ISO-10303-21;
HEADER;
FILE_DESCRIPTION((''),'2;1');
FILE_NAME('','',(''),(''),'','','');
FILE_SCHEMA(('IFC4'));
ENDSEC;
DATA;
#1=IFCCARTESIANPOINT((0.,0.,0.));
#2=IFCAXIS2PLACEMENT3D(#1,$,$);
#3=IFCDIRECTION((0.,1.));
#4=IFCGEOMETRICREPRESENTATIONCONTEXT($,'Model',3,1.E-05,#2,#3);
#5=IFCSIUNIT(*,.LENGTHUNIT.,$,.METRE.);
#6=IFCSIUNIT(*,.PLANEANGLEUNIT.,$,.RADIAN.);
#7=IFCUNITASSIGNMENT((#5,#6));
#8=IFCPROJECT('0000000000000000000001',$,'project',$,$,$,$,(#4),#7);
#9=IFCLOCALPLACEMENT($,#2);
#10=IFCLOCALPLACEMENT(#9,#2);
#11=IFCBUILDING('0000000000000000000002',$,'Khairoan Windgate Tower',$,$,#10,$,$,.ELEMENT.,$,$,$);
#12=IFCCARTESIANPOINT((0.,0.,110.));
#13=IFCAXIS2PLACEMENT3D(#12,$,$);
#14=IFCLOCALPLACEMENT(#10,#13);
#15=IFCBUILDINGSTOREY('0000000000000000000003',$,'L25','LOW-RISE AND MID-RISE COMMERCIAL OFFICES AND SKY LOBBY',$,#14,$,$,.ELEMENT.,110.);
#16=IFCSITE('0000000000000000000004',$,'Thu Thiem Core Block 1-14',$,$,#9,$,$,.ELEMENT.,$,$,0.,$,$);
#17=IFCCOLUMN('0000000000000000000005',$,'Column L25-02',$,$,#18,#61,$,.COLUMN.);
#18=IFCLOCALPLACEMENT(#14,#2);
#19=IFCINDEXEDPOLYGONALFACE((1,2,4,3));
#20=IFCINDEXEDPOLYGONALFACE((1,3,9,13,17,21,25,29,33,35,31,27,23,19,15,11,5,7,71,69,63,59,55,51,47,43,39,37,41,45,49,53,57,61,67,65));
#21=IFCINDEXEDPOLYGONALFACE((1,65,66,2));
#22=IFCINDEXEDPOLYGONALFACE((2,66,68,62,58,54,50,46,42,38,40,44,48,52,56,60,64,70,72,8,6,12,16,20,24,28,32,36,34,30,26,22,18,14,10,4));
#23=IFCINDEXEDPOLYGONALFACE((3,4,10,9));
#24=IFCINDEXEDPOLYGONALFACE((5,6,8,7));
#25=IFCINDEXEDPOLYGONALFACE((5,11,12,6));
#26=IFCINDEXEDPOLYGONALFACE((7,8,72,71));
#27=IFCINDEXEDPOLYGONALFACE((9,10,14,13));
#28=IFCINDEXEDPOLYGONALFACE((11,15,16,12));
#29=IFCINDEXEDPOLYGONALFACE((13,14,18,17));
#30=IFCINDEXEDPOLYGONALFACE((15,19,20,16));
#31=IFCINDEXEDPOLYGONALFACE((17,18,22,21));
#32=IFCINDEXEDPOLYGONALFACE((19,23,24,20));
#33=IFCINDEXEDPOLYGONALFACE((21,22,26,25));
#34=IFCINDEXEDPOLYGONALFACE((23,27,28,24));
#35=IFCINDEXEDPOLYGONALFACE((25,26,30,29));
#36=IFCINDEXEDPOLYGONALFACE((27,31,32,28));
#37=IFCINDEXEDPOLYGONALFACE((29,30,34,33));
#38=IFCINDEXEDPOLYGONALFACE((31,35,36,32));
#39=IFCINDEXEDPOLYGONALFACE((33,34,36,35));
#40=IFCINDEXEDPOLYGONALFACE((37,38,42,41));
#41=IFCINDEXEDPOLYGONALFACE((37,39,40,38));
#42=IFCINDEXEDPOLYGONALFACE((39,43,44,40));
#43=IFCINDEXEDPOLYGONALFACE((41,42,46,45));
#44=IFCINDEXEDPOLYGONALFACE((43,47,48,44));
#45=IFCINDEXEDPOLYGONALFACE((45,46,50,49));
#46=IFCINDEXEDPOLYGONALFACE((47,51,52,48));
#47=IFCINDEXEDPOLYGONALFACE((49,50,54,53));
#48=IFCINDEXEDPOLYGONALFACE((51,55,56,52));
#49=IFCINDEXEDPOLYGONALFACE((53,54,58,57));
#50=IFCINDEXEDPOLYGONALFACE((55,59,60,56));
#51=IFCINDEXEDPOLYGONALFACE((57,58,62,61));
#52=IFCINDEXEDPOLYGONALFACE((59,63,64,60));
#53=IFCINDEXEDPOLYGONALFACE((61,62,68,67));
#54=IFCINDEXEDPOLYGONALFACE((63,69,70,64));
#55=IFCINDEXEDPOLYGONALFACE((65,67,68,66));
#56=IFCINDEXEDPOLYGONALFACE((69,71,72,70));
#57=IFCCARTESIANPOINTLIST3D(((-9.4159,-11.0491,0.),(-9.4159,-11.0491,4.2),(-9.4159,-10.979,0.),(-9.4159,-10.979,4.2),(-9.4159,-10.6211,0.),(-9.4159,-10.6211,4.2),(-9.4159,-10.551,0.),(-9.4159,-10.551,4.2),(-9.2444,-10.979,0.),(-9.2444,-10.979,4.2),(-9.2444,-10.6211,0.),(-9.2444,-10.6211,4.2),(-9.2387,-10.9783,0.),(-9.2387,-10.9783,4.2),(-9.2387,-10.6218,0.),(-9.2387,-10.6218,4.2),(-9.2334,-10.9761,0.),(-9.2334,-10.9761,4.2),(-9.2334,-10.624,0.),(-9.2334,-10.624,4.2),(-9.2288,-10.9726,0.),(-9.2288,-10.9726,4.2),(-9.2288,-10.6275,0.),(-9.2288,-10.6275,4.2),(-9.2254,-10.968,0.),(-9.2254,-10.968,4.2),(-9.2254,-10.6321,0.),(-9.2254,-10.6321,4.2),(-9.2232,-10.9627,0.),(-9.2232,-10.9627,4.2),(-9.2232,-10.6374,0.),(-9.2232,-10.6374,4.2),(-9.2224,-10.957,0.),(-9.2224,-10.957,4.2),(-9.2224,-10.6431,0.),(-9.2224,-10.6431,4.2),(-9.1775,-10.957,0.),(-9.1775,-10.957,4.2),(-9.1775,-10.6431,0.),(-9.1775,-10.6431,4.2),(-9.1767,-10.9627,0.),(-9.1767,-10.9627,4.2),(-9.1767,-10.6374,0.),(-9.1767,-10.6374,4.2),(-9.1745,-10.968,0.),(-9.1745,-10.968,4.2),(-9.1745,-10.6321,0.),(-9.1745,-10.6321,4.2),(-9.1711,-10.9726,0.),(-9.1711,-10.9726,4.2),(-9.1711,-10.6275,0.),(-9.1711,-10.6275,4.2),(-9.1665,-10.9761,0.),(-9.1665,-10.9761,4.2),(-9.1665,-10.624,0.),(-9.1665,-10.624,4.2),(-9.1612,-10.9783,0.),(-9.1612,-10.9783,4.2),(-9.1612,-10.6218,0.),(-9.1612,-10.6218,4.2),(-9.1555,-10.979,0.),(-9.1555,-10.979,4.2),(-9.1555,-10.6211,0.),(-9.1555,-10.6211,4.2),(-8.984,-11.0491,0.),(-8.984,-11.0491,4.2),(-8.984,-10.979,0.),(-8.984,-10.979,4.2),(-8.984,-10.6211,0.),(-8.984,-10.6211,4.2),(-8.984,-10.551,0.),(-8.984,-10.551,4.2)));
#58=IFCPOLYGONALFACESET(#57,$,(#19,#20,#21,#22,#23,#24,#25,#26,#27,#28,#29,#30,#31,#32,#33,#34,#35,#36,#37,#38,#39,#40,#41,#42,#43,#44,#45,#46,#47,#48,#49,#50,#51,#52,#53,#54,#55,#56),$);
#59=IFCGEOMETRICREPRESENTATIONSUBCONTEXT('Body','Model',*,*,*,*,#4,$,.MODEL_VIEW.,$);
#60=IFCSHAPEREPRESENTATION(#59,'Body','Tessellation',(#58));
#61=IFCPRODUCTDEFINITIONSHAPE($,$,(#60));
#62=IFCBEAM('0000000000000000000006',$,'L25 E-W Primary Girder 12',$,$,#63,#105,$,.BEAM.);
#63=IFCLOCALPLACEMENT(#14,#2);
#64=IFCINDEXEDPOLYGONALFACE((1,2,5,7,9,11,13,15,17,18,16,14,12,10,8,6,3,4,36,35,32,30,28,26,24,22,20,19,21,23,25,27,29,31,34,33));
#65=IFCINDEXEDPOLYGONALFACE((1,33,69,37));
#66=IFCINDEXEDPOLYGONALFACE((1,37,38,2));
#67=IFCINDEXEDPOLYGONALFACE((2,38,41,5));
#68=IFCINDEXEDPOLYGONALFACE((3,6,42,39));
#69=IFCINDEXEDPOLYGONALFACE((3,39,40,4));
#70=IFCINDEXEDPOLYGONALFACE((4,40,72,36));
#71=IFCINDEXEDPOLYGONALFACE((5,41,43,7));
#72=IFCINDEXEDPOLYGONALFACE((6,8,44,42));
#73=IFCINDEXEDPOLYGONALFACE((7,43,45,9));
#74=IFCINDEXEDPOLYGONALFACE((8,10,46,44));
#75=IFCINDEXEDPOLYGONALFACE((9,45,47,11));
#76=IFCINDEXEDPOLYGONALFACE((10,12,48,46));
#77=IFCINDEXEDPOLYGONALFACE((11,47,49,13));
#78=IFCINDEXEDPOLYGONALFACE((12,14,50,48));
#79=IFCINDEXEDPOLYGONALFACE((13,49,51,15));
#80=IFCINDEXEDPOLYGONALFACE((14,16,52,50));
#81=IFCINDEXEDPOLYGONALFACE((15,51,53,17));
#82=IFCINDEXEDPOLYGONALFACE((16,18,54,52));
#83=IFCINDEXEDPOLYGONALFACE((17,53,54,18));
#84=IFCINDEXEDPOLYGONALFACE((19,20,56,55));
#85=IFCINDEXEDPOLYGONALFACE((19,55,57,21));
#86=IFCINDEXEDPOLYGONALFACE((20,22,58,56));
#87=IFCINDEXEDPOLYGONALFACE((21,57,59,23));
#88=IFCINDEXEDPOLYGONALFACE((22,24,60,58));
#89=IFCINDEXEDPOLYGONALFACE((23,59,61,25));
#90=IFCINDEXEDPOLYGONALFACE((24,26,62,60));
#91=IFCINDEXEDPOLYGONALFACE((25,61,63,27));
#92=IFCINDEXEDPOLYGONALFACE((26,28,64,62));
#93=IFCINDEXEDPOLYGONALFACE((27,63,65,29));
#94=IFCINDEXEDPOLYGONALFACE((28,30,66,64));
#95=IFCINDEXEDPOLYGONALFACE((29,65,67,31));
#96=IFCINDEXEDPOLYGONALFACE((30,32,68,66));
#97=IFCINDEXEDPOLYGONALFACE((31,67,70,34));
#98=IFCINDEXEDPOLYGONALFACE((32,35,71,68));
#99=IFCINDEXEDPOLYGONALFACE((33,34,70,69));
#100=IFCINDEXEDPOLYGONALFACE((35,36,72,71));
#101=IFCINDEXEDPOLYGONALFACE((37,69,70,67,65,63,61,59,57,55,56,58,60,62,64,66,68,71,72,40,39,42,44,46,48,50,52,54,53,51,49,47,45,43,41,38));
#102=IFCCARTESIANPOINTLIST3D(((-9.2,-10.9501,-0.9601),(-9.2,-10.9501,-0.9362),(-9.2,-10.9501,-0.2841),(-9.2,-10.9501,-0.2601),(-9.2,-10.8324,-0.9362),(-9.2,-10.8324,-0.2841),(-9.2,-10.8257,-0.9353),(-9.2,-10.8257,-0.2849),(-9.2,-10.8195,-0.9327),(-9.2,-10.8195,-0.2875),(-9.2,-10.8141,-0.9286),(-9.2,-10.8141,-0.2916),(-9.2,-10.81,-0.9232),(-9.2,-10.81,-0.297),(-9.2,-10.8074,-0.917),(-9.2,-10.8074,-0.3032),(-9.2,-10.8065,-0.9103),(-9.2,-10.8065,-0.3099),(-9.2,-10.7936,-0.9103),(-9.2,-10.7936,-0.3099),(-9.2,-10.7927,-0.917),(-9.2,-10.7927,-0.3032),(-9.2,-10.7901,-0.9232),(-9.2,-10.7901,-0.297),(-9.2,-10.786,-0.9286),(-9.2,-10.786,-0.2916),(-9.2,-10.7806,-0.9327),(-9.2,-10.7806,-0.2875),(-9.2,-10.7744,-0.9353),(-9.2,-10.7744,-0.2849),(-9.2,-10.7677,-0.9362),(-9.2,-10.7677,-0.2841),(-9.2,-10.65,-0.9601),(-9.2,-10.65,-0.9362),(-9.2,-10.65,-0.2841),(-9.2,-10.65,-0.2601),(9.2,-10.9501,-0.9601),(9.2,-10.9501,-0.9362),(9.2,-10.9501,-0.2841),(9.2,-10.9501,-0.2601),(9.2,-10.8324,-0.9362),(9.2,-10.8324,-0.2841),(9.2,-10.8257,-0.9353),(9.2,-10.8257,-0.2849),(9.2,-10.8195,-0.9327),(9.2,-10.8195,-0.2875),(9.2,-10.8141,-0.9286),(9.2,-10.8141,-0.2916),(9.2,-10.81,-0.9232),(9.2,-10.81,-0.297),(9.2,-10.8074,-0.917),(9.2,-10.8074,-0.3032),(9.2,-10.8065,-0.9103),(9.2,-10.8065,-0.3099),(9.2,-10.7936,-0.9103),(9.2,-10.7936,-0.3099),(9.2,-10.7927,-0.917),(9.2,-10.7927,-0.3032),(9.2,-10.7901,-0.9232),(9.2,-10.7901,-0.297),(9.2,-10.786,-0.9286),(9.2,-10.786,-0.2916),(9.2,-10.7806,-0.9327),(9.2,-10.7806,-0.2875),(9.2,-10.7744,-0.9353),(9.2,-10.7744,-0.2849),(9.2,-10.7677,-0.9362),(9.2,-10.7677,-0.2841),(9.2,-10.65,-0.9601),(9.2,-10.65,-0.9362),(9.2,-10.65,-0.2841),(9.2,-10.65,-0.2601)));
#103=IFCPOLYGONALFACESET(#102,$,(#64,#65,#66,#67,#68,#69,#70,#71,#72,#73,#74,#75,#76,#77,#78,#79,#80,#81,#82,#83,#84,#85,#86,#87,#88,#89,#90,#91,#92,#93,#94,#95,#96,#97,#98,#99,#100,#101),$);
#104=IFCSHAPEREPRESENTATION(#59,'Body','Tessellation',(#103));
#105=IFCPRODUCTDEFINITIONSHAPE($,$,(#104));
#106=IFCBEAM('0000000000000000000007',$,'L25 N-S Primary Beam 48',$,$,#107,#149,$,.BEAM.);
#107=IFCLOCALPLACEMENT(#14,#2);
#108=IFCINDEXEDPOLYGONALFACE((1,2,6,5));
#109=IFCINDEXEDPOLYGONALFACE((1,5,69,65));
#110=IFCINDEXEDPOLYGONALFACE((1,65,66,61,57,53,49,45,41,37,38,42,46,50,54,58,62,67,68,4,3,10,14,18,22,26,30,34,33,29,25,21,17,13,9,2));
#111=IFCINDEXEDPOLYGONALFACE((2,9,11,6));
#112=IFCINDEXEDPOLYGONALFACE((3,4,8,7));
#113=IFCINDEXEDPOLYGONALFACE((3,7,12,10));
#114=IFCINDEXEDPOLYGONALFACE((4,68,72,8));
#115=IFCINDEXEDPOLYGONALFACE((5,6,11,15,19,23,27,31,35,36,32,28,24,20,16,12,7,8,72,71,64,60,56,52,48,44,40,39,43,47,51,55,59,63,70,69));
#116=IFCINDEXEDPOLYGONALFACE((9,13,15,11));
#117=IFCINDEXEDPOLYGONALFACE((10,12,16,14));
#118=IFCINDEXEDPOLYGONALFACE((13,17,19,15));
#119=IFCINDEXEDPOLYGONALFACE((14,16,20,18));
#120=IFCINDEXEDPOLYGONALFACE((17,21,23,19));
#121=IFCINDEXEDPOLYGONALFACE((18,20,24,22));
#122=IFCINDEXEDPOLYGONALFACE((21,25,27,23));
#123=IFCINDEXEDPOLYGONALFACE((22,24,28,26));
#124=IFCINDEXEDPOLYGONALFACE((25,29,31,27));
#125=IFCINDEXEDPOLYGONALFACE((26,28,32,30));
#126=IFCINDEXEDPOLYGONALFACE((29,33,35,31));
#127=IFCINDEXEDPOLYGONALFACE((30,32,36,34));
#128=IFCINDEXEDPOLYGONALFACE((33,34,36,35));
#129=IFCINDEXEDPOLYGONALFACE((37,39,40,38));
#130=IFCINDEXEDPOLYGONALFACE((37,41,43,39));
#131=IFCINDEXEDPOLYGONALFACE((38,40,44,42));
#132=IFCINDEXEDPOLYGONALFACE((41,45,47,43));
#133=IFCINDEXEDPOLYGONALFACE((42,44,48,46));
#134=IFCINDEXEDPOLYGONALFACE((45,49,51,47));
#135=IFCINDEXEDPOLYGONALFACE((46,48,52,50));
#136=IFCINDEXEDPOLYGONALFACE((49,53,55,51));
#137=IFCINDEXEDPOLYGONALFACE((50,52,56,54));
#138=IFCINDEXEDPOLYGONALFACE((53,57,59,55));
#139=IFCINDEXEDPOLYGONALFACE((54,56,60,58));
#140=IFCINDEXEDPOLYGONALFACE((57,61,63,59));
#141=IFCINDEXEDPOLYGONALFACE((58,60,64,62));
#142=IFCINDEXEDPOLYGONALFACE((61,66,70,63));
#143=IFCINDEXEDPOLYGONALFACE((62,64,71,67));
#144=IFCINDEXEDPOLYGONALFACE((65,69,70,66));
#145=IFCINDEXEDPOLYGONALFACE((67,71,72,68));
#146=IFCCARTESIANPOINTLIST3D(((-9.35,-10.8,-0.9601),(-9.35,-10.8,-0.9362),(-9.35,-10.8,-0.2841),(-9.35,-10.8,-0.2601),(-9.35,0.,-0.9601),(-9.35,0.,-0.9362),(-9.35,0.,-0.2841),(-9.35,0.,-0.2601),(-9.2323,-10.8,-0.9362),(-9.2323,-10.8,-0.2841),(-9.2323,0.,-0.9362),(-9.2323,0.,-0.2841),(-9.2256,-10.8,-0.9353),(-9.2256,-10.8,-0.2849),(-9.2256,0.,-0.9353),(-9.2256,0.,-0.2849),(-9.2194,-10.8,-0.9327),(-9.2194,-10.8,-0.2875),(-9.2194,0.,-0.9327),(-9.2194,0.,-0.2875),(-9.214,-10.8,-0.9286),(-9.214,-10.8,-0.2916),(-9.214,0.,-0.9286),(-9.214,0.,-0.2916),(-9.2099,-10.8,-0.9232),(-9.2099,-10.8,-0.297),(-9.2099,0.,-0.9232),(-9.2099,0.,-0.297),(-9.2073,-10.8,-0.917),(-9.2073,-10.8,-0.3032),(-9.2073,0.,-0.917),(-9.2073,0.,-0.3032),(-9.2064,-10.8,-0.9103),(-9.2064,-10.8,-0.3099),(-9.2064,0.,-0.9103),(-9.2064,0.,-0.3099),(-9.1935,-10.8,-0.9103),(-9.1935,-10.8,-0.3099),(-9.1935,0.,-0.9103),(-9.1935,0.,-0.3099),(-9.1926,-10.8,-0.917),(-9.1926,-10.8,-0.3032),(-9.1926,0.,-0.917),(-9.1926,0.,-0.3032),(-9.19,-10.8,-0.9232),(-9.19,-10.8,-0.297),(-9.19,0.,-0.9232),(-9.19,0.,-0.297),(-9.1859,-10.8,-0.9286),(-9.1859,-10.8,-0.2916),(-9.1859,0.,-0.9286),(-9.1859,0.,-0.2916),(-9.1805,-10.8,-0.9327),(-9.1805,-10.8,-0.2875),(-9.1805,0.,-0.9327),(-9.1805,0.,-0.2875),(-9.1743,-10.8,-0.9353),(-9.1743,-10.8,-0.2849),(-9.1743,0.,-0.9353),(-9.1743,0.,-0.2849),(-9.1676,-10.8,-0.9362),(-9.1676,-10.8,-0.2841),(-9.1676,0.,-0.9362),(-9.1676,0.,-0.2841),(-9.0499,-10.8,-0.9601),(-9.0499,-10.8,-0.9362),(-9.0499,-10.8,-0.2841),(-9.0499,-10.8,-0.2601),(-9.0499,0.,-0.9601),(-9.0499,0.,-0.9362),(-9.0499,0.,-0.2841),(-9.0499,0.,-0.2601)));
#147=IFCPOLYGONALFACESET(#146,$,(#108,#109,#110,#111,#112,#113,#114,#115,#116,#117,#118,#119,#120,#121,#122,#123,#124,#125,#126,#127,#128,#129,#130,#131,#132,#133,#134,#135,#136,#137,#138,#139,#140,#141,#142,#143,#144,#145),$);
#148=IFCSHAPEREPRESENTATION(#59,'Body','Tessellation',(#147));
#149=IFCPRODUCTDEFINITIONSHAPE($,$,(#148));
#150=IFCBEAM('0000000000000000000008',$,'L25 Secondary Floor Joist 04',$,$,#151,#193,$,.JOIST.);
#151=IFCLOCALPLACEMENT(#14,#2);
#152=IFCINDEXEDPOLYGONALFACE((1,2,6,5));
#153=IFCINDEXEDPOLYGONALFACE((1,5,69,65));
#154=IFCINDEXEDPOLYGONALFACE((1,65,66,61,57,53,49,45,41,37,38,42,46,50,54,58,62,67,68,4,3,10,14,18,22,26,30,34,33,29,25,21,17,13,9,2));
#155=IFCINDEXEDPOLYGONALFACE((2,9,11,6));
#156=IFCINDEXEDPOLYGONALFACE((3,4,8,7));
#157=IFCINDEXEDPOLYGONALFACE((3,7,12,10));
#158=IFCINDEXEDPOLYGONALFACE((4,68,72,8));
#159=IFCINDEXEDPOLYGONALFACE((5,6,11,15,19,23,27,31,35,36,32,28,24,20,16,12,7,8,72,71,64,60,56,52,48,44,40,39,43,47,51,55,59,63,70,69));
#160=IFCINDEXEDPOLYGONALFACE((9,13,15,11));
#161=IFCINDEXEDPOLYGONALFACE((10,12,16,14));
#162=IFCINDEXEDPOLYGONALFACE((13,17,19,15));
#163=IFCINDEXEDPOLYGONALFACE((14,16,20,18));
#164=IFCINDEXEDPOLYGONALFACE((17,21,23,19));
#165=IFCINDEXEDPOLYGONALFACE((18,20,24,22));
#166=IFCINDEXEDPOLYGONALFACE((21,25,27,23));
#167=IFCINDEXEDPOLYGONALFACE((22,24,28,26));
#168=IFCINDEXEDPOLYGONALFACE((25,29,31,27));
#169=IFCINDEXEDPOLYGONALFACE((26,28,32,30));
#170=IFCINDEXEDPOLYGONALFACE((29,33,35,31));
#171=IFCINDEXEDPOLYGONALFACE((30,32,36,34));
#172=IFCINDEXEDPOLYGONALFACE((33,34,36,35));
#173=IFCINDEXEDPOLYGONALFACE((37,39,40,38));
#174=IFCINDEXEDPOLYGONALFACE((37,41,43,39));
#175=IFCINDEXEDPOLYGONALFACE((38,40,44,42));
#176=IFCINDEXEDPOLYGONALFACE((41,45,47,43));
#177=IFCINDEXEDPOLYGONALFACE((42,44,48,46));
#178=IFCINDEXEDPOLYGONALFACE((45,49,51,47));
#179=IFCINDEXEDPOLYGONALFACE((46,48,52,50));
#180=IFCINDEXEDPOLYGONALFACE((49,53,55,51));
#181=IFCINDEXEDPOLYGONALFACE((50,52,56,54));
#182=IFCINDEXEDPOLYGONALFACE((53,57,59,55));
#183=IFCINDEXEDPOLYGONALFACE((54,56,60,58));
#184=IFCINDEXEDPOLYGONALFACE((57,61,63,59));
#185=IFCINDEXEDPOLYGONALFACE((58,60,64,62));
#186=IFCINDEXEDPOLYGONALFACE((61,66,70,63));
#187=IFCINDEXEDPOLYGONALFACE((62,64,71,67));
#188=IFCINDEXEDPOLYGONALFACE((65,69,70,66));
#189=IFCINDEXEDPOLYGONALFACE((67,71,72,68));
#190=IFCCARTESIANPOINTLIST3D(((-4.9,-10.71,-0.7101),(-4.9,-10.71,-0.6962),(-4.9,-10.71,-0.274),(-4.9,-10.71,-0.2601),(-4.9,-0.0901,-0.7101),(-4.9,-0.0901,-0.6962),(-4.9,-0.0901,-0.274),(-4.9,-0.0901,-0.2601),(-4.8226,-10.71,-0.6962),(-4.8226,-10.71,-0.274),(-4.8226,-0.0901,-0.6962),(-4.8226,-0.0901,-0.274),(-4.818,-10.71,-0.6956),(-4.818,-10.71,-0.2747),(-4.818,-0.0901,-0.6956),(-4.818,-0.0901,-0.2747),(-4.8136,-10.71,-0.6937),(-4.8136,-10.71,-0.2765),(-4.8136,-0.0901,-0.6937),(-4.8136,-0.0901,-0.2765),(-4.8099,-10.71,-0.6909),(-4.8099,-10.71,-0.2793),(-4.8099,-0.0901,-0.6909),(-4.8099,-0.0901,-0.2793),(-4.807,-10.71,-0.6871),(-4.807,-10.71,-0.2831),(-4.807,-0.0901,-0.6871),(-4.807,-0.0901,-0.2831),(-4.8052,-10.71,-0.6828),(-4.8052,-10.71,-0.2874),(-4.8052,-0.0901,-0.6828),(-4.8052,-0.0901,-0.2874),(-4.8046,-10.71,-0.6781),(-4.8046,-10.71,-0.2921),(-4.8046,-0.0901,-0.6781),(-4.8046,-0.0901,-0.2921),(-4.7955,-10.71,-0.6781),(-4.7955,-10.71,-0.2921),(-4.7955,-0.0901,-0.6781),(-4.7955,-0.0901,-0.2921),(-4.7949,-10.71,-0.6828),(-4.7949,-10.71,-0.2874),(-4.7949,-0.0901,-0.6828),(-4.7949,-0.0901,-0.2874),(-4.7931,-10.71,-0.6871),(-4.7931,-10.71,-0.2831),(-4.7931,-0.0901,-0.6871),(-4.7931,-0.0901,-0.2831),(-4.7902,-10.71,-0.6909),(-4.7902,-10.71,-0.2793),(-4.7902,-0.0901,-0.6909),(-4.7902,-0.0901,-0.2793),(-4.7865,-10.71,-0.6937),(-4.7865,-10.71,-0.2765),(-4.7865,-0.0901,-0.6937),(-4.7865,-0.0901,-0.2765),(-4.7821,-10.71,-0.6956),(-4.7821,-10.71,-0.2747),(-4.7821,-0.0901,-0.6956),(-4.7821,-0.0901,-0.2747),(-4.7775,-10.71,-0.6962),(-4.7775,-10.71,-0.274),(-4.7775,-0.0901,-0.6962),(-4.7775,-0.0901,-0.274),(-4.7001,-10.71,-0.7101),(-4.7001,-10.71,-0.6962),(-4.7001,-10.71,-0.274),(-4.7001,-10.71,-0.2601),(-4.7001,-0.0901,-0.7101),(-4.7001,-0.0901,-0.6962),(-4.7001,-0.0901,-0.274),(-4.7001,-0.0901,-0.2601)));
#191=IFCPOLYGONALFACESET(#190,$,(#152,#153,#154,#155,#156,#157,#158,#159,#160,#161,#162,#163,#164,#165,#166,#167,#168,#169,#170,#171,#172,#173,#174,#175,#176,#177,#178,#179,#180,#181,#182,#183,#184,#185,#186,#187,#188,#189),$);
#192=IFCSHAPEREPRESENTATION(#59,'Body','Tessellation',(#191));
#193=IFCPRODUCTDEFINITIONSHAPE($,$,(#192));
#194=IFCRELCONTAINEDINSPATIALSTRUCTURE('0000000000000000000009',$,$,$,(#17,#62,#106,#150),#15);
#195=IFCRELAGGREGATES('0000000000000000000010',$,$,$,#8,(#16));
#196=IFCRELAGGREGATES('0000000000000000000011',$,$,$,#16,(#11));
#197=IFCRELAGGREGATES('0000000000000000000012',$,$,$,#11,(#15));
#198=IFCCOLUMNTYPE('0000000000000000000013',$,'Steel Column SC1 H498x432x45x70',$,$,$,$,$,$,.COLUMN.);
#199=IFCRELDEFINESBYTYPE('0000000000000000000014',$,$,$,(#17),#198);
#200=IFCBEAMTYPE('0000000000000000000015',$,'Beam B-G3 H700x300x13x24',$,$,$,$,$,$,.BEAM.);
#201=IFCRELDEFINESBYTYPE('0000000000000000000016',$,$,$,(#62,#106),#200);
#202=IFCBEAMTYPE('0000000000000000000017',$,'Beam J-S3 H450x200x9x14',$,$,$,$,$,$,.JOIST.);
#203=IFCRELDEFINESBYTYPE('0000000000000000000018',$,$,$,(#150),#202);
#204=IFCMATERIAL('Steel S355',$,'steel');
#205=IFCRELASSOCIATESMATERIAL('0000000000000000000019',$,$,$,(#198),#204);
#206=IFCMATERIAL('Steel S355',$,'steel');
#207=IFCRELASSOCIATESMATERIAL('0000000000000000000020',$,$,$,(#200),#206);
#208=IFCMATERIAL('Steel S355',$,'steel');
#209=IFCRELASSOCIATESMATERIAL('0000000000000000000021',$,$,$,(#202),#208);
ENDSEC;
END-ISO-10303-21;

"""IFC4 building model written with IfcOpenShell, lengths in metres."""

from ifc_helpers import new_model, si_unit, direction, frame, origin, origin_2d, place, context, subcontext, project, spatial, i_section, extrude, material, material_profile, profile_set, type_object, element, save


model = new_model("IFC4")

# Units and contexts
model_context = context("Model", 3, precision=1e-05, world=origin(), true_north=direction((0.0, 1.0)))
body_context = subcontext(model_context, "Body", "Model", "MODEL_VIEW")
ifc_project = project(units=[si_unit("LENGTHUNIT", "METRE"), si_unit("PLANEANGLEUNIT", "RADIAN")], contexts=[model_context])

# Site, building, storey
site_placement = place(None, origin())
site = spatial("IfcSite", under=ifc_project, at=site_placement, Name="Thu Thiem Core Block 1-14", CompositionType="ELEMENT", RefElevation=0.0)
building_placement = place(site_placement, origin())
building = spatial("IfcBuilding", under=site, at=building_placement, Name="Khairoan Windgate Tower", CompositionType="ELEMENT")
storey_placement = place(building_placement, frame((0.0, 0.0, 110.0)))
storey = spatial("IfcBuildingStorey", under=building, at=storey_placement, Name="L25", Description="LOW-RISE AND MID-RISE COMMERCIAL OFFICES AND SKY LOBBY", CompositionType="ELEMENT", Elevation=110.0)

# Column
ifc_material_1 = material(Name="Steel S355", Category="steel")
ifc_material_profile_1 = material_profile(ifc_material_1, i_section(OverallWidth=0.4319, OverallDepth=0.498, WebThickness=0.0449, FlangeThickness=0.0701, FilletRadius=0.022, at=origin_2d()))
ifc_profile_set_1 = profile_set([ifc_material_profile_1], Name="Steel S355")
column_type = type_object("IfcColumnType", Name="Steel Column SC1 H498x432x45x70", PredefinedType="COLUMN", material=ifc_profile_set_1)
column_placement = place(storey_placement, frame((-9.2, -10.8, 0.0), z_axis=(0.0, 0.0, 1.0), x_axis=(1.0, 0.0, 0.0)))
element("IfcColumn", 1, at=column_placement, inside=storey, type_object=column_type, Name="Column L25-02", PredefinedType="COLUMN", context=body_context, shape_type="SweptSolid", body=[
    extrude(i_section(OverallWidth=0.4319, OverallDepth=0.498, WebThickness=0.0449, FlangeThickness=0.0701, FilletRadius=0.022, at=origin_2d()), origin(), (0.0, 0.0, 1.0), 4.2),
])

# Beams
ifc_material_2 = material(Name="Steel S355", Category="steel")
ifc_material_profile_2 = material_profile(ifc_material_2, i_section(OverallWidth=0.3, OverallDepth=0.7, WebThickness=0.0129, FlangeThickness=0.0239, FilletRadius=0.0259, at=origin_2d()))
ifc_profile_set_2 = profile_set([ifc_material_profile_2], Name="Steel S355")
beam_type_1 = type_object("IfcBeamType", Name="Beam B-G3 H700x300x13x24", PredefinedType="BEAM", material=ifc_profile_set_2)
beam_1_placement = place(storey_placement, frame((-9.2, -10.8, -0.6101), z_axis=(1.0, 0.0, 0.0), x_axis=(0.0, 1.0, 0.0)))
element("IfcBeam", 2, at=beam_1_placement, inside=storey, type_object=beam_type_1, Name="L25 E-W Primary Girder 12", PredefinedType="BEAM", context=body_context, shape_type="SweptSolid", body=[
    extrude(i_section(OverallWidth=0.3, OverallDepth=0.7, WebThickness=0.0129, FlangeThickness=0.0239, FilletRadius=0.0259, at=origin_2d()), origin(), (0.0, 0.0, 1.0), 18.3999),
])
beam_2_placement = place(storey_placement, frame((-9.2, -10.8, -0.6101), z_axis=(0.0, 1.0, 0.0), x_axis=(-1.0, 0.0, 0.0)))
element("IfcBeam", 3, at=beam_2_placement, inside=storey, type_object=beam_type_1, Name="L25 N-S Primary Beam 48", PredefinedType="BEAM", context=body_context, shape_type="SweptSolid", body=[
    extrude(i_section(OverallWidth=0.3, OverallDepth=0.7, WebThickness=0.0129, FlangeThickness=0.0239, FilletRadius=0.0259, at=origin_2d()), origin(), (0.0, 0.0, 1.0), 10.8),
])
ifc_material_3 = material(Name="Steel S355", Category="steel")
ifc_material_profile_3 = material_profile(ifc_material_3, i_section(OverallWidth=0.2, OverallDepth=0.45, WebThickness=0.009, FlangeThickness=0.0139, FilletRadius=0.0181, at=origin_2d()))
ifc_profile_set_3 = profile_set([ifc_material_profile_3], Name="Steel S355")
beam_type_2 = type_object("IfcBeamType", Name="Beam J-S3 H450x200x9x14", PredefinedType="JOIST", material=ifc_profile_set_3)
beam_3_placement = place(storey_placement, frame((-4.8, -10.71, -0.4851), z_axis=(0.0, 1.0, 0.0), x_axis=(-1.0, 0.0, 0.0)))
element("IfcBeam", 4, at=beam_3_placement, inside=storey, type_object=beam_type_2, Name="L25 Secondary Floor Joist 04", PredefinedType="JOIST", context=body_context, shape_type="SweptSolid", body=[
    extrude(i_section(OverallWidth=0.2, OverallDepth=0.45, WebThickness=0.009, FlangeThickness=0.0139, FilletRadius=0.0181, at=origin_2d()), origin(), (0.0, 0.0, 1.0), 10.6199),
])

save(model, "model.ifc")
